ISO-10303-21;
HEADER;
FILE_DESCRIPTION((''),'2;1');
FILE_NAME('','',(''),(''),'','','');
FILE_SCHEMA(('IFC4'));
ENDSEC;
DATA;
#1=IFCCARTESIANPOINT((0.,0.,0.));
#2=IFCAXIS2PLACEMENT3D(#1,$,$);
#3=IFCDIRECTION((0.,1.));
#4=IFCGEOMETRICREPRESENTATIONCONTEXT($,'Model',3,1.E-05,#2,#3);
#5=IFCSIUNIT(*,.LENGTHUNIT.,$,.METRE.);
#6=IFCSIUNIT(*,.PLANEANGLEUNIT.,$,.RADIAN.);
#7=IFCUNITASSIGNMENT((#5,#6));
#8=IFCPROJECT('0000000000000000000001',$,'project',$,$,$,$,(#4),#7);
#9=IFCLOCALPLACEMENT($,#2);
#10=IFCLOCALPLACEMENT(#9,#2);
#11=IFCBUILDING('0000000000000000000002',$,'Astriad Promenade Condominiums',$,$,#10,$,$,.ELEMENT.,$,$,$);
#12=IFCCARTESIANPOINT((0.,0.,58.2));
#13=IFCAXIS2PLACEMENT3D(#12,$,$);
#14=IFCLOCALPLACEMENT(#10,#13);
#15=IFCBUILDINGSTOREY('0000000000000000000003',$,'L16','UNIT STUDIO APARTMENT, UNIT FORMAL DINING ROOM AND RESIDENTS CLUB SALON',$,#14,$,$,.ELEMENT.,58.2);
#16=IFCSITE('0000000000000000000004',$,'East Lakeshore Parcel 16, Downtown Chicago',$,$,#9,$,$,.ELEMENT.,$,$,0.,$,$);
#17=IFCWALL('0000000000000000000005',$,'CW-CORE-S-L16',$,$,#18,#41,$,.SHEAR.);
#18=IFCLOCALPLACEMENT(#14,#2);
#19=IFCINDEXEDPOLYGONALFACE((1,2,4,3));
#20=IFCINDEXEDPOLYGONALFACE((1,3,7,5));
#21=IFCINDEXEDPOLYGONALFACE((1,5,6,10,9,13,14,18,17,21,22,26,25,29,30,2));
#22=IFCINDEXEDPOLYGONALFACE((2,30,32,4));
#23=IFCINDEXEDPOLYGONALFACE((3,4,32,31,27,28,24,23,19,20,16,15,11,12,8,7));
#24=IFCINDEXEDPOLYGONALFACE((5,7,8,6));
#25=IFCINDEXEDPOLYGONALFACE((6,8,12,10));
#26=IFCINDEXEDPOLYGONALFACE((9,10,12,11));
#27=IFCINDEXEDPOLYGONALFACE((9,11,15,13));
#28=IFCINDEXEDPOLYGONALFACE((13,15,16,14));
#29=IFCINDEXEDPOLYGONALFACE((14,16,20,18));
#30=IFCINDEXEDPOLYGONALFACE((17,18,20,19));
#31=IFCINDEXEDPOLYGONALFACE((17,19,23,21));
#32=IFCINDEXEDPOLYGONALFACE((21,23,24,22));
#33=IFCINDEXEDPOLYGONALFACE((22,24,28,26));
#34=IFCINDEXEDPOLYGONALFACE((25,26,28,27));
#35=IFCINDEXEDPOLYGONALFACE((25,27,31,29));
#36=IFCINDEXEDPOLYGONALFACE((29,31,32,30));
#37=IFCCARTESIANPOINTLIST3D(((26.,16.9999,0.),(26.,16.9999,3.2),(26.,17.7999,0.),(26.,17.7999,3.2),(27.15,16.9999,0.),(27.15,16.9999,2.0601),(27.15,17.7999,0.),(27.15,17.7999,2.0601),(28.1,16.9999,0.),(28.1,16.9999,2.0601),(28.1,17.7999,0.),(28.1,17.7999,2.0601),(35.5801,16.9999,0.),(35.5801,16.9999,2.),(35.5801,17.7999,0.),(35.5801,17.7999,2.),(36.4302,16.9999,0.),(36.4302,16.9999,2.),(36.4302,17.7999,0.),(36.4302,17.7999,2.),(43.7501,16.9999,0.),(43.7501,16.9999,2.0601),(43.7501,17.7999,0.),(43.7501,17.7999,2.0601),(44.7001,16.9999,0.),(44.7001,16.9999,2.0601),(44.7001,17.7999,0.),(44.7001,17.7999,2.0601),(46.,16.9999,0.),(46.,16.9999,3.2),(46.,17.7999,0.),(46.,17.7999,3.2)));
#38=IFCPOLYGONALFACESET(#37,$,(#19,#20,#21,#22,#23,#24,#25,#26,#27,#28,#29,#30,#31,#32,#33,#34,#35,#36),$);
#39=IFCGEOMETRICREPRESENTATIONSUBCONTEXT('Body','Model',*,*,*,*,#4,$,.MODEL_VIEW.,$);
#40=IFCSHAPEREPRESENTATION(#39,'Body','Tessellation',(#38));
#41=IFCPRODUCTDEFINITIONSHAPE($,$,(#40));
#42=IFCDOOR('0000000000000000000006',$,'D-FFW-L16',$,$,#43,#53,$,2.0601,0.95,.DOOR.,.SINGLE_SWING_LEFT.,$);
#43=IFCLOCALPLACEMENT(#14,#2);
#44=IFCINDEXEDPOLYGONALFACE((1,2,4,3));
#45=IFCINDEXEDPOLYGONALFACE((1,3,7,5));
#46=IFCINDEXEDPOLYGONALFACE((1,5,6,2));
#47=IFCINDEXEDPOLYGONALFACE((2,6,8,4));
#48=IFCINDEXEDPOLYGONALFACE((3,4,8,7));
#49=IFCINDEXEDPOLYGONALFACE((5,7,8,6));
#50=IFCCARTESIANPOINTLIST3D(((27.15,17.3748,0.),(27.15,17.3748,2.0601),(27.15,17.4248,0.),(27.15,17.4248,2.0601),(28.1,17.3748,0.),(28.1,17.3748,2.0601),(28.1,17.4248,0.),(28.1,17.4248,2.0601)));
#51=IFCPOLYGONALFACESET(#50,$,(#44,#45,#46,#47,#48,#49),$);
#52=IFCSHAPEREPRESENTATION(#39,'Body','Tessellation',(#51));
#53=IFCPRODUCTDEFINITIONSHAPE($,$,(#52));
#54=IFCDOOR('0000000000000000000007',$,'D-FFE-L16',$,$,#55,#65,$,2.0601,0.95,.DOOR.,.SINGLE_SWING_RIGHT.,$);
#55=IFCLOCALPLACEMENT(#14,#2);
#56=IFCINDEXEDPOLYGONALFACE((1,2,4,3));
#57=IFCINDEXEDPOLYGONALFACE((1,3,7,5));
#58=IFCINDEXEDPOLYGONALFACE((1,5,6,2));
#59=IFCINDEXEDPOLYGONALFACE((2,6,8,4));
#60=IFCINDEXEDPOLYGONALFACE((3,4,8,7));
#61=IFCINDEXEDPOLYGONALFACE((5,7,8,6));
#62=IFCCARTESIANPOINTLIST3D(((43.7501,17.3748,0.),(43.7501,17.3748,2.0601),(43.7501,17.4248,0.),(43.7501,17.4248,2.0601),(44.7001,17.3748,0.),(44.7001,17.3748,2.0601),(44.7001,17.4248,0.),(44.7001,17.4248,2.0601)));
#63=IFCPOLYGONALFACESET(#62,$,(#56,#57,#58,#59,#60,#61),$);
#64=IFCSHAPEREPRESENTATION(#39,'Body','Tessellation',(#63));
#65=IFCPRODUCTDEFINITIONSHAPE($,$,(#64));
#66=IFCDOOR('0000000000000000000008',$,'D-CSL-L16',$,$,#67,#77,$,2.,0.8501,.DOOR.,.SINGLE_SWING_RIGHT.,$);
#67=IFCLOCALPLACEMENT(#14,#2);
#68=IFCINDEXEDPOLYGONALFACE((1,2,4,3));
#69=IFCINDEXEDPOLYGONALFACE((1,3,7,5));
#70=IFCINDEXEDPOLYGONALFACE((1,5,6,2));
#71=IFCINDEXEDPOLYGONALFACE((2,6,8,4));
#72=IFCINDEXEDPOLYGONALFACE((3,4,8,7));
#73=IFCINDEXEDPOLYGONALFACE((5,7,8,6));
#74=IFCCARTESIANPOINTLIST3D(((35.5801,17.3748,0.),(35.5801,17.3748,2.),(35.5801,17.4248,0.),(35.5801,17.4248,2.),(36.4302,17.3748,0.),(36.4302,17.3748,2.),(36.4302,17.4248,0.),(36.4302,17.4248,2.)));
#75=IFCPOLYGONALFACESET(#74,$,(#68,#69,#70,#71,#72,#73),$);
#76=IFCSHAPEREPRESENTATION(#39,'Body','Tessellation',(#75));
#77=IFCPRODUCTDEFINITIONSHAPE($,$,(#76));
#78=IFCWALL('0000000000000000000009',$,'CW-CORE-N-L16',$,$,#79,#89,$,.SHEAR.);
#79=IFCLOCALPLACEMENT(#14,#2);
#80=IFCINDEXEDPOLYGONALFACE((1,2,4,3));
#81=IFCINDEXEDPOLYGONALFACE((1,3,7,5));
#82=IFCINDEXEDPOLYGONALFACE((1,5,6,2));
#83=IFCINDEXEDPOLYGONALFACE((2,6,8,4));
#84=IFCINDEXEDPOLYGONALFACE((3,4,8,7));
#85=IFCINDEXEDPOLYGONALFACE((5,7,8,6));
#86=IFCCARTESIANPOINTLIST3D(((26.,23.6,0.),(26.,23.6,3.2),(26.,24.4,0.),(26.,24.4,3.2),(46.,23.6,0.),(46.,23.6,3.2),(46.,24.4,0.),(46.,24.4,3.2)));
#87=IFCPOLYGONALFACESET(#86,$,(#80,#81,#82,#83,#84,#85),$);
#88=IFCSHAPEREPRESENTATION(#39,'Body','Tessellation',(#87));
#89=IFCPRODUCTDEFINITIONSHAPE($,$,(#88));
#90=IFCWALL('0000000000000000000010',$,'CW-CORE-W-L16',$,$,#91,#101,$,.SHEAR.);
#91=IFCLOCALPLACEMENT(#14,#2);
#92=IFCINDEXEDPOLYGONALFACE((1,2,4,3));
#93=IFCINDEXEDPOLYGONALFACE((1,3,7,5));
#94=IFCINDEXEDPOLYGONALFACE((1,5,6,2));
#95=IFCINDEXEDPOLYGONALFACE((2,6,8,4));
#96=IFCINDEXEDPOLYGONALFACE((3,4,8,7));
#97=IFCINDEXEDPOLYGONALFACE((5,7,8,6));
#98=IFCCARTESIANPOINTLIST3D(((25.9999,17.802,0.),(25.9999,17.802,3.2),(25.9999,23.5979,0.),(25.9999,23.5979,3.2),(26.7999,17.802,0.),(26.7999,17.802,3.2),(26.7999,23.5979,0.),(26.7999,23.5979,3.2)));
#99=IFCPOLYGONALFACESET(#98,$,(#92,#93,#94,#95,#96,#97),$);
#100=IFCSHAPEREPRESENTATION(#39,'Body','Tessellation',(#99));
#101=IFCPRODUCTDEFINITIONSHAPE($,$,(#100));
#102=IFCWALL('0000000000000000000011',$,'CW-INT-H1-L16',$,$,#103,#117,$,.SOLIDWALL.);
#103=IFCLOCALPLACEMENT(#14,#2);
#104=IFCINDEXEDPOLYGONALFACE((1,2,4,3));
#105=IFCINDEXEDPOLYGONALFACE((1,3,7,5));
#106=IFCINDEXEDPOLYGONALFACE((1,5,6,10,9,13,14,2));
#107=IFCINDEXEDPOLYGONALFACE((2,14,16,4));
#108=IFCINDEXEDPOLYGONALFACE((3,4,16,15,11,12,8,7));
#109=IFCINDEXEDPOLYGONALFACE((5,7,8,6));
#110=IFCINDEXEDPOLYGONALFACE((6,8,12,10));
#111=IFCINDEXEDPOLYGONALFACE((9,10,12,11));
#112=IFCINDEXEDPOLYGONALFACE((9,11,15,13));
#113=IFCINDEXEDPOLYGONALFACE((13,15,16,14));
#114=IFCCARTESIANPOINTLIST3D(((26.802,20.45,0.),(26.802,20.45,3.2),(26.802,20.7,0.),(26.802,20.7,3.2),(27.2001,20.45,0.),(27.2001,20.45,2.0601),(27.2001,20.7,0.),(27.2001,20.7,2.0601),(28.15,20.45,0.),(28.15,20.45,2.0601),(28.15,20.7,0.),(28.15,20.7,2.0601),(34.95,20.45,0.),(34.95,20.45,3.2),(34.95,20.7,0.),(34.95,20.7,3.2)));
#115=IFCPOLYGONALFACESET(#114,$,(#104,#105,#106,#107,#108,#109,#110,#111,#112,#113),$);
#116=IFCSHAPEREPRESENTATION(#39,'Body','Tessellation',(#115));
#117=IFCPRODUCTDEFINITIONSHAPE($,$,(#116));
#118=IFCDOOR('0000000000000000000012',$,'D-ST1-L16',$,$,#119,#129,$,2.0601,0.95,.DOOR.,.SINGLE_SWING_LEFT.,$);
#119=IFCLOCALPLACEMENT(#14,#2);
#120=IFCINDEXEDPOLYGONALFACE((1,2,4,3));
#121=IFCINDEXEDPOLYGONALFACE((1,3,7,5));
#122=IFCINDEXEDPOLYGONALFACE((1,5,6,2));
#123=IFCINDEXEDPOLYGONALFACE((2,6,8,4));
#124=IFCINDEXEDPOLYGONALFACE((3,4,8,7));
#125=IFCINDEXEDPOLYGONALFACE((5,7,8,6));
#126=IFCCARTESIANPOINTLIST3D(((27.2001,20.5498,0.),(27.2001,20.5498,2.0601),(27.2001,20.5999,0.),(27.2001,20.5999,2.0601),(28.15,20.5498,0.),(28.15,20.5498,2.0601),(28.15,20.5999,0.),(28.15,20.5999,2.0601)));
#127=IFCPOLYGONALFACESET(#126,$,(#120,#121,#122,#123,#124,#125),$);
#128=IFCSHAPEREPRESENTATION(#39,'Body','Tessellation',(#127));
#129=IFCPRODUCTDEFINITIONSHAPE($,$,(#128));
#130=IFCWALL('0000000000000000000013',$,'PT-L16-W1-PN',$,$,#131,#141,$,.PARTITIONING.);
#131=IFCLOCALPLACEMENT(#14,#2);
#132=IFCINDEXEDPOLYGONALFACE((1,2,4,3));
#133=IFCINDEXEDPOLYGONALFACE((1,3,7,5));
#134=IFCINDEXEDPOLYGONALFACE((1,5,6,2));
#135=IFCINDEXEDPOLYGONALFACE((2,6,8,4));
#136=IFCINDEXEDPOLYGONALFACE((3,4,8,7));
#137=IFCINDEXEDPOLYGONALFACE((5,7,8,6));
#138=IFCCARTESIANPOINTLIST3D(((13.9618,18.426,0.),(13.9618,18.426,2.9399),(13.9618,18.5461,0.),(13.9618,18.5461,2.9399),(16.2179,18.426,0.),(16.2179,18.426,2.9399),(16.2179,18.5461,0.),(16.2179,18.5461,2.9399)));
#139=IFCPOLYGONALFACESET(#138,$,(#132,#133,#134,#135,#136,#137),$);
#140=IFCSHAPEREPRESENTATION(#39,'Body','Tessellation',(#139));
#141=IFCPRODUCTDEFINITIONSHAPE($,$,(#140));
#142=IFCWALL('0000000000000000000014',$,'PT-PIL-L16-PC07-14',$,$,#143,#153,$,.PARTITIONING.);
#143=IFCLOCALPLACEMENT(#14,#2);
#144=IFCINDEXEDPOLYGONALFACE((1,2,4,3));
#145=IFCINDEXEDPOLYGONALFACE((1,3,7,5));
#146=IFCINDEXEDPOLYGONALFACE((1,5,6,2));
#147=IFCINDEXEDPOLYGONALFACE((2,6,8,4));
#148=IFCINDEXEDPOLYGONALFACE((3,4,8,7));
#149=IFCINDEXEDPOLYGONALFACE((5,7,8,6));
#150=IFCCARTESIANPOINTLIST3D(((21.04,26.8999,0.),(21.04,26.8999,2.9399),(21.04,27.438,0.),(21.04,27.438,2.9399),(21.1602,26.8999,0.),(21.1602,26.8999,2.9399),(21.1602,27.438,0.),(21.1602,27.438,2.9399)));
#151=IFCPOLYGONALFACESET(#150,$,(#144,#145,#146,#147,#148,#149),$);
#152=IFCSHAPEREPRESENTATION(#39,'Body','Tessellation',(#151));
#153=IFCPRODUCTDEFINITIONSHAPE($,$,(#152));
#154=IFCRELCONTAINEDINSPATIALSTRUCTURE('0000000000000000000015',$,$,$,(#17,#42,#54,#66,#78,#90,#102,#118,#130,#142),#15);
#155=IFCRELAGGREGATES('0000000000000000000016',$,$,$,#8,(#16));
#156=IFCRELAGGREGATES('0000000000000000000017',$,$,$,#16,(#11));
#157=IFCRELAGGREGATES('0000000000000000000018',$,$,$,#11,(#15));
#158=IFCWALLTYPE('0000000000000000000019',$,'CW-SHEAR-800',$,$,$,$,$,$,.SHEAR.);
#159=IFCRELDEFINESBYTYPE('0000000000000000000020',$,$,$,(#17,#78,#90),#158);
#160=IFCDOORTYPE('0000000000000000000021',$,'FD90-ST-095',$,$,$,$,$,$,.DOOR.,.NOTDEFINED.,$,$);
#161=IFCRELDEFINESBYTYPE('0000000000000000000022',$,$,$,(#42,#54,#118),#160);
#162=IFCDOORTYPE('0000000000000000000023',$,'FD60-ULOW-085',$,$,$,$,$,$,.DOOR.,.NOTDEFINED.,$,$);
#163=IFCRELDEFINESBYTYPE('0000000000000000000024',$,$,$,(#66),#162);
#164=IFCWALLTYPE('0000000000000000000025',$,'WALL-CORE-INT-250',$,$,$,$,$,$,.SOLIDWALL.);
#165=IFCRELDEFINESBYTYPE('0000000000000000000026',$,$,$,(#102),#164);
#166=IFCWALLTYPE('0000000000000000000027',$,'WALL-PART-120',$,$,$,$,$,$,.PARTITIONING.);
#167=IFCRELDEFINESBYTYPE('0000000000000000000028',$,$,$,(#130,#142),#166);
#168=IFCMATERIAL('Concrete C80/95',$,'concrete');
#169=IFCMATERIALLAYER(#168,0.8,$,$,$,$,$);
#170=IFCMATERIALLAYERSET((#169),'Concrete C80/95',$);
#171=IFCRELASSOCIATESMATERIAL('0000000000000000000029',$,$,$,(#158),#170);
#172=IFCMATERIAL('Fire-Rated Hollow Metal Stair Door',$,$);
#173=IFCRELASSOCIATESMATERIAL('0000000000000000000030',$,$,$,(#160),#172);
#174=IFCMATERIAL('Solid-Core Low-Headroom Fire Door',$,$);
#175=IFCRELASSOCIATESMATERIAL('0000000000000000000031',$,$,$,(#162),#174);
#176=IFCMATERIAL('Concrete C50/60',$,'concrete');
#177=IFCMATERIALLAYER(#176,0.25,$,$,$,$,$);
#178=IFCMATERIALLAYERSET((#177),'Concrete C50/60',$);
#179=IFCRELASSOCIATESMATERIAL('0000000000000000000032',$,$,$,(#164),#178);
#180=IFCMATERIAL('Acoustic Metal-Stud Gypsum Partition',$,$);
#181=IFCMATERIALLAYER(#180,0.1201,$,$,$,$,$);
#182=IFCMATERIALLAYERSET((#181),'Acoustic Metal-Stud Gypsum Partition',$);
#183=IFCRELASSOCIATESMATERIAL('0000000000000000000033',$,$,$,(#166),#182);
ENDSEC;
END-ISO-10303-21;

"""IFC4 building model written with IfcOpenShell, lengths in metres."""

from ifc_helpers import new_model, si_unit, direction, frame, frame_2d, origin, place, context, subcontext, project, spatial, rectangle, extrude, source, transform, mapped, material, layer, layer_set, type_object, type_shapes, element, fill, save


model = new_model("IFC4")

# Units and contexts
model_context = context("Model", 3, precision=1e-05, world=origin(), true_north=direction((0.0, 1.0)))
body_context = subcontext(model_context, "Body", "Model", "MODEL_VIEW")
ifc_project = project(units=[si_unit("LENGTHUNIT", "METRE"), si_unit("PLANEANGLEUNIT", "RADIAN")], contexts=[model_context])

# Site, building, storey
site_placement = place(None, origin())
site = spatial("IfcSite", under=ifc_project, at=site_placement, Name="East Lakeshore Parcel 16, Downtown Chicago", CompositionType="ELEMENT", RefElevation=0.0)
building_placement = place(site_placement, origin())
building = spatial("IfcBuilding", under=site, at=building_placement, Name="Astriad Promenade Condominiums", CompositionType="ELEMENT")
storey_placement = place(building_placement, frame((0.0, 0.0, 58.2)))
storey = spatial("IfcBuildingStorey", under=building, at=storey_placement, Name="L16", Description="UNIT STUDIO APARTMENT, UNIT FORMAL DINING ROOM AND RESIDENTS CLUB SALON", CompositionType="ELEMENT", Elevation=58.2)

# Shared definitions
ifc_material_1 = material(Name="Concrete C80/95", Category="concrete")

# Wall, openings, doors
ifc_layer_1 = layer(ifc_material_1, 0.8)
ifc_layer_set_1 = layer_set([ifc_layer_1], Name="Concrete C80/95")
wall_type_1 = type_object("IfcWallType", Name="CW-SHEAR-800", PredefinedType="SHEAR", material=ifc_layer_set_1)
wall_1_placement = place(storey_placement, frame((26.0, 17.3999, 0.0), z_axis=(0.0, 0.0, 1.0), x_axis=(1.0, 0.0, 0.0)))
wall_1 = element("IfcWall", 1, at=wall_1_placement, inside=storey, type_object=wall_type_1, Name="CW-CORE-S-L16", PredefinedType="SHEAR", context=body_context, shape_type="SweptSolid", body=[
    extrude(rectangle(XDim=20.0, YDim=0.8, at=frame_2d((10.0, 0.0))), origin(), (0.0, 0.0, 1.0), 3.2),
])
opening_1_placement = place(wall_1_placement, frame((1.1499, 0.0, 0.0)))
opening_1 = element("IfcOpeningElement", 2, at=opening_1_placement, cuts=wall_1, PredefinedType="OPENING", context=body_context, shape_type="SweptSolid", body=[
    extrude(rectangle(XDim=0.95, YDim=2.0601, at=frame_2d((0.4751, 1.03))), frame((0.0, 0.4099, 0.0), z_axis=(0.0, -1.0, 0.0), x_axis=(1.0, 0.0, 0.0)), (0.0, 0.0, 1.0), 0.8201),
])
opening_2_placement = place(wall_1_placement, frame((9.5801, 0.0, 0.0)))
opening_2 = element("IfcOpeningElement", 3, at=opening_2_placement, cuts=wall_1, PredefinedType="OPENING", context=body_context, shape_type="SweptSolid", body=[
    extrude(rectangle(XDim=0.8501, YDim=2.0, at=frame_2d((0.425, 1.0))), frame((0.0, 0.4099, 0.0), z_axis=(0.0, -1.0, 0.0), x_axis=(1.0, 0.0, 0.0)), (0.0, 0.0, 1.0), 0.8201),
])
opening_3_placement = place(wall_1_placement, frame((17.75, 0.0, 0.0)))
opening_3 = element("IfcOpeningElement", 4, at=opening_3_placement, cuts=wall_1, PredefinedType="OPENING", context=body_context, shape_type="SweptSolid", body=[
    extrude(rectangle(XDim=0.95, YDim=2.0601, at=frame_2d((0.4751, 1.03))), frame((0.0, 0.4099, 0.0), z_axis=(0.0, -1.0, 0.0), x_axis=(1.0, 0.0, 0.0)), (0.0, 0.0, 1.0), 0.8201),
])
ifc_material_2 = material(Name="Fire-Rated Hollow Metal Stair Door")
door_type_1 = type_object("IfcDoorType", Name="FD90-ST-095", OperationType="NOTDEFINED", PredefinedType="DOOR", material=ifc_material_2)
shared_shape_1 = source(origin(), body_context, "Body", "SweptSolid", [
    extrude(rectangle(XDim=0.95, YDim=2.0601, at=frame_2d((0.4751, 1.03))), frame((0.0, 0.0249, 0.0), z_axis=(0.0, -1.0, 0.0), x_axis=(1.0, 0.0, 0.0)), (0.0, 0.0, 1.0), 0.05),
])
type_shapes(door_type_1, [shared_shape_1])
door_1_placement = place(opening_1_placement, origin())
door_1 = element("IfcDoor", 5, at=door_1_placement, inside=storey, type_object=door_type_1, Name="D-FFW-L16", OperationType="SINGLE_SWING_LEFT", OverallHeight=2.0601, OverallWidth=0.95, PredefinedType="DOOR", context=body_context, shape_type="MappedRepresentation", body=[
    mapped(shared_shape_1, transform((0.0, 0.0, 0.0), scale=1.0)),
])
fill(opening_1, door_1)
door_2_placement = place(opening_3_placement, origin())
door_2 = element("IfcDoor", 6, at=door_2_placement, inside=storey, type_object=door_type_1, Name="D-FFE-L16", OperationType="SINGLE_SWING_RIGHT", OverallHeight=2.0601, OverallWidth=0.95, PredefinedType="DOOR", context=body_context, shape_type="MappedRepresentation", body=[
    mapped(shared_shape_1, transform((0.0, 0.0, 0.0), scale=1.0)),
])
fill(opening_3, door_2)
ifc_material_3 = material(Name="Solid-Core Low-Headroom Fire Door")
door_type_2 = type_object("IfcDoorType", Name="FD60-ULOW-085", OperationType="NOTDEFINED", PredefinedType="DOOR", material=ifc_material_3)
shared_shape_2 = source(origin(), body_context, "Body", "SweptSolid", [
    extrude(rectangle(XDim=0.8501, YDim=2.0, at=frame_2d((0.425, 1.0))), frame((0.0, 0.0249, 0.0), z_axis=(0.0, -1.0, 0.0), x_axis=(1.0, 0.0, 0.0)), (0.0, 0.0, 1.0), 0.05),
])
type_shapes(door_type_2, [shared_shape_2])
door_3_placement = place(opening_2_placement, origin())
door_3 = element("IfcDoor", 7, at=door_3_placement, inside=storey, type_object=door_type_2, Name="D-CSL-L16", OperationType="SINGLE_SWING_RIGHT", OverallHeight=2.0, OverallWidth=0.8501, PredefinedType="DOOR", context=body_context, shape_type="MappedRepresentation", body=[
    mapped(shared_shape_2, transform((0.0, 0.0, 0.0), scale=1.0)),
])
fill(opening_2, door_3)

# Walls
wall_2_placement = place(storey_placement, frame((26.0, 24.0, 0.0), z_axis=(0.0, 0.0, 1.0), x_axis=(1.0, 0.0, 0.0)))
element("IfcWall", 8, at=wall_2_placement, inside=storey, type_object=wall_type_1, Name="CW-CORE-N-L16", PredefinedType="SHEAR", context=body_context, shape_type="SweptSolid", body=[
    extrude(rectangle(XDim=20.0, YDim=0.8, at=frame_2d((10.0, 0.0))), origin(), (0.0, 0.0, 1.0), 3.2),
])
wall_3_placement = place(storey_placement, frame((26.3999, 17.802, 0.0), z_axis=(0.0, 0.0, 1.0), x_axis=(0.0, 1.0, 0.0)))
element("IfcWall", 9, at=wall_3_placement, inside=storey, type_object=wall_type_1, Name="CW-CORE-W-L16", PredefinedType="SHEAR", context=body_context, shape_type="SweptSolid", body=[
    extrude(rectangle(XDim=5.7959, YDim=0.8, at=frame_2d((2.8979, 0.0))), origin(), (0.0, 0.0, 1.0), 3.2),
])

# Wall, opening, door
ifc_material_4 = material(Name="Concrete C50/60", Category="concrete")
ifc_layer_2 = layer(ifc_material_4, 0.25)
ifc_layer_set_2 = layer_set([ifc_layer_2], Name="Concrete C50/60")
wall_type_2 = type_object("IfcWallType", Name="WALL-CORE-INT-250", PredefinedType="SOLIDWALL", material=ifc_layer_set_2)
wall_4_placement = place(storey_placement, frame((26.802, 20.575, 0.0), z_axis=(0.0, 0.0, 1.0), x_axis=(1.0, 0.0, 0.0)))
wall_4 = element("IfcWall", 10, at=wall_4_placement, inside=storey, type_object=wall_type_2, Name="CW-INT-H1-L16", PredefinedType="SOLIDWALL", context=body_context, shape_type="SweptSolid", body=[
    extrude(rectangle(XDim=8.1479, YDim=0.25, at=frame_2d((4.074, 0.0))), origin(), (0.0, 0.0, 1.0), 3.2),
])
opening_4_placement = place(wall_4_placement, frame((0.3979, 0.0, 0.0)))
opening_4 = element("IfcOpeningElement", 11, at=opening_4_placement, cuts=wall_4, PredefinedType="OPENING", context=body_context, shape_type="SweptSolid", body=[
    extrude(rectangle(XDim=0.95, YDim=2.0601, at=frame_2d((0.4751, 1.03))), frame((0.0, 0.135, 0.0), z_axis=(0.0, -1.0, 0.0), x_axis=(1.0, 0.0, 0.0)), (0.0, 0.0, 1.0), 0.27),
])
door_4_placement = place(opening_4_placement, origin())
door_4 = element("IfcDoor", 12, at=door_4_placement, inside=storey, type_object=door_type_1, Name="D-ST1-L16", OperationType="SINGLE_SWING_LEFT", OverallHeight=2.0601, OverallWidth=0.95, PredefinedType="DOOR", context=body_context, shape_type="MappedRepresentation", body=[
    mapped(shared_shape_1, transform((0.0, 0.0, 0.0), scale=1.0)),
])
fill(opening_4, door_4)

# Walls
ifc_material_5 = material(Name="Acoustic Metal-Stud Gypsum Partition")
ifc_layer_3 = layer(ifc_material_5, 0.1201)
ifc_layer_set_3 = layer_set([ifc_layer_3], Name="Acoustic Metal-Stud Gypsum Partition")
wall_type_3 = type_object("IfcWallType", Name="WALL-PART-120", PredefinedType="PARTITIONING", material=ifc_layer_set_3)
wall_5_placement = place(storey_placement, frame((13.9619, 18.4861, 0.0), z_axis=(0.0, 0.0, 1.0), x_axis=(1.0, 0.0, 0.0)))
element("IfcWall", 13, at=wall_5_placement, inside=storey, type_object=wall_type_3, Name="PT-L16-W1-PN", PredefinedType="PARTITIONING", context=body_context, shape_type="SweptSolid", body=[
    extrude(rectangle(XDim=2.2561, YDim=0.1201, at=frame_2d((1.1279, 0.0))), origin(), (0.0, 0.0, 1.0), 2.9399),
])
wall_6_placement = place(storey_placement, frame((21.1001, 26.8999, 0.0), z_axis=(0.0, 0.0, 1.0), x_axis=(0.0, 1.0, 0.0)))
element("IfcWall", 14, at=wall_6_placement, inside=storey, type_object=wall_type_3, Name="PT-PIL-L16-PC07-14", PredefinedType="PARTITIONING", context=body_context, shape_type="SweptSolid", body=[
    extrude(rectangle(XDim=0.5381, YDim=0.1201, at=frame_2d((0.269, 0.0))), origin(), (0.0, 0.0, 1.0), 2.9399),
])

save(model, "model.ifc")
